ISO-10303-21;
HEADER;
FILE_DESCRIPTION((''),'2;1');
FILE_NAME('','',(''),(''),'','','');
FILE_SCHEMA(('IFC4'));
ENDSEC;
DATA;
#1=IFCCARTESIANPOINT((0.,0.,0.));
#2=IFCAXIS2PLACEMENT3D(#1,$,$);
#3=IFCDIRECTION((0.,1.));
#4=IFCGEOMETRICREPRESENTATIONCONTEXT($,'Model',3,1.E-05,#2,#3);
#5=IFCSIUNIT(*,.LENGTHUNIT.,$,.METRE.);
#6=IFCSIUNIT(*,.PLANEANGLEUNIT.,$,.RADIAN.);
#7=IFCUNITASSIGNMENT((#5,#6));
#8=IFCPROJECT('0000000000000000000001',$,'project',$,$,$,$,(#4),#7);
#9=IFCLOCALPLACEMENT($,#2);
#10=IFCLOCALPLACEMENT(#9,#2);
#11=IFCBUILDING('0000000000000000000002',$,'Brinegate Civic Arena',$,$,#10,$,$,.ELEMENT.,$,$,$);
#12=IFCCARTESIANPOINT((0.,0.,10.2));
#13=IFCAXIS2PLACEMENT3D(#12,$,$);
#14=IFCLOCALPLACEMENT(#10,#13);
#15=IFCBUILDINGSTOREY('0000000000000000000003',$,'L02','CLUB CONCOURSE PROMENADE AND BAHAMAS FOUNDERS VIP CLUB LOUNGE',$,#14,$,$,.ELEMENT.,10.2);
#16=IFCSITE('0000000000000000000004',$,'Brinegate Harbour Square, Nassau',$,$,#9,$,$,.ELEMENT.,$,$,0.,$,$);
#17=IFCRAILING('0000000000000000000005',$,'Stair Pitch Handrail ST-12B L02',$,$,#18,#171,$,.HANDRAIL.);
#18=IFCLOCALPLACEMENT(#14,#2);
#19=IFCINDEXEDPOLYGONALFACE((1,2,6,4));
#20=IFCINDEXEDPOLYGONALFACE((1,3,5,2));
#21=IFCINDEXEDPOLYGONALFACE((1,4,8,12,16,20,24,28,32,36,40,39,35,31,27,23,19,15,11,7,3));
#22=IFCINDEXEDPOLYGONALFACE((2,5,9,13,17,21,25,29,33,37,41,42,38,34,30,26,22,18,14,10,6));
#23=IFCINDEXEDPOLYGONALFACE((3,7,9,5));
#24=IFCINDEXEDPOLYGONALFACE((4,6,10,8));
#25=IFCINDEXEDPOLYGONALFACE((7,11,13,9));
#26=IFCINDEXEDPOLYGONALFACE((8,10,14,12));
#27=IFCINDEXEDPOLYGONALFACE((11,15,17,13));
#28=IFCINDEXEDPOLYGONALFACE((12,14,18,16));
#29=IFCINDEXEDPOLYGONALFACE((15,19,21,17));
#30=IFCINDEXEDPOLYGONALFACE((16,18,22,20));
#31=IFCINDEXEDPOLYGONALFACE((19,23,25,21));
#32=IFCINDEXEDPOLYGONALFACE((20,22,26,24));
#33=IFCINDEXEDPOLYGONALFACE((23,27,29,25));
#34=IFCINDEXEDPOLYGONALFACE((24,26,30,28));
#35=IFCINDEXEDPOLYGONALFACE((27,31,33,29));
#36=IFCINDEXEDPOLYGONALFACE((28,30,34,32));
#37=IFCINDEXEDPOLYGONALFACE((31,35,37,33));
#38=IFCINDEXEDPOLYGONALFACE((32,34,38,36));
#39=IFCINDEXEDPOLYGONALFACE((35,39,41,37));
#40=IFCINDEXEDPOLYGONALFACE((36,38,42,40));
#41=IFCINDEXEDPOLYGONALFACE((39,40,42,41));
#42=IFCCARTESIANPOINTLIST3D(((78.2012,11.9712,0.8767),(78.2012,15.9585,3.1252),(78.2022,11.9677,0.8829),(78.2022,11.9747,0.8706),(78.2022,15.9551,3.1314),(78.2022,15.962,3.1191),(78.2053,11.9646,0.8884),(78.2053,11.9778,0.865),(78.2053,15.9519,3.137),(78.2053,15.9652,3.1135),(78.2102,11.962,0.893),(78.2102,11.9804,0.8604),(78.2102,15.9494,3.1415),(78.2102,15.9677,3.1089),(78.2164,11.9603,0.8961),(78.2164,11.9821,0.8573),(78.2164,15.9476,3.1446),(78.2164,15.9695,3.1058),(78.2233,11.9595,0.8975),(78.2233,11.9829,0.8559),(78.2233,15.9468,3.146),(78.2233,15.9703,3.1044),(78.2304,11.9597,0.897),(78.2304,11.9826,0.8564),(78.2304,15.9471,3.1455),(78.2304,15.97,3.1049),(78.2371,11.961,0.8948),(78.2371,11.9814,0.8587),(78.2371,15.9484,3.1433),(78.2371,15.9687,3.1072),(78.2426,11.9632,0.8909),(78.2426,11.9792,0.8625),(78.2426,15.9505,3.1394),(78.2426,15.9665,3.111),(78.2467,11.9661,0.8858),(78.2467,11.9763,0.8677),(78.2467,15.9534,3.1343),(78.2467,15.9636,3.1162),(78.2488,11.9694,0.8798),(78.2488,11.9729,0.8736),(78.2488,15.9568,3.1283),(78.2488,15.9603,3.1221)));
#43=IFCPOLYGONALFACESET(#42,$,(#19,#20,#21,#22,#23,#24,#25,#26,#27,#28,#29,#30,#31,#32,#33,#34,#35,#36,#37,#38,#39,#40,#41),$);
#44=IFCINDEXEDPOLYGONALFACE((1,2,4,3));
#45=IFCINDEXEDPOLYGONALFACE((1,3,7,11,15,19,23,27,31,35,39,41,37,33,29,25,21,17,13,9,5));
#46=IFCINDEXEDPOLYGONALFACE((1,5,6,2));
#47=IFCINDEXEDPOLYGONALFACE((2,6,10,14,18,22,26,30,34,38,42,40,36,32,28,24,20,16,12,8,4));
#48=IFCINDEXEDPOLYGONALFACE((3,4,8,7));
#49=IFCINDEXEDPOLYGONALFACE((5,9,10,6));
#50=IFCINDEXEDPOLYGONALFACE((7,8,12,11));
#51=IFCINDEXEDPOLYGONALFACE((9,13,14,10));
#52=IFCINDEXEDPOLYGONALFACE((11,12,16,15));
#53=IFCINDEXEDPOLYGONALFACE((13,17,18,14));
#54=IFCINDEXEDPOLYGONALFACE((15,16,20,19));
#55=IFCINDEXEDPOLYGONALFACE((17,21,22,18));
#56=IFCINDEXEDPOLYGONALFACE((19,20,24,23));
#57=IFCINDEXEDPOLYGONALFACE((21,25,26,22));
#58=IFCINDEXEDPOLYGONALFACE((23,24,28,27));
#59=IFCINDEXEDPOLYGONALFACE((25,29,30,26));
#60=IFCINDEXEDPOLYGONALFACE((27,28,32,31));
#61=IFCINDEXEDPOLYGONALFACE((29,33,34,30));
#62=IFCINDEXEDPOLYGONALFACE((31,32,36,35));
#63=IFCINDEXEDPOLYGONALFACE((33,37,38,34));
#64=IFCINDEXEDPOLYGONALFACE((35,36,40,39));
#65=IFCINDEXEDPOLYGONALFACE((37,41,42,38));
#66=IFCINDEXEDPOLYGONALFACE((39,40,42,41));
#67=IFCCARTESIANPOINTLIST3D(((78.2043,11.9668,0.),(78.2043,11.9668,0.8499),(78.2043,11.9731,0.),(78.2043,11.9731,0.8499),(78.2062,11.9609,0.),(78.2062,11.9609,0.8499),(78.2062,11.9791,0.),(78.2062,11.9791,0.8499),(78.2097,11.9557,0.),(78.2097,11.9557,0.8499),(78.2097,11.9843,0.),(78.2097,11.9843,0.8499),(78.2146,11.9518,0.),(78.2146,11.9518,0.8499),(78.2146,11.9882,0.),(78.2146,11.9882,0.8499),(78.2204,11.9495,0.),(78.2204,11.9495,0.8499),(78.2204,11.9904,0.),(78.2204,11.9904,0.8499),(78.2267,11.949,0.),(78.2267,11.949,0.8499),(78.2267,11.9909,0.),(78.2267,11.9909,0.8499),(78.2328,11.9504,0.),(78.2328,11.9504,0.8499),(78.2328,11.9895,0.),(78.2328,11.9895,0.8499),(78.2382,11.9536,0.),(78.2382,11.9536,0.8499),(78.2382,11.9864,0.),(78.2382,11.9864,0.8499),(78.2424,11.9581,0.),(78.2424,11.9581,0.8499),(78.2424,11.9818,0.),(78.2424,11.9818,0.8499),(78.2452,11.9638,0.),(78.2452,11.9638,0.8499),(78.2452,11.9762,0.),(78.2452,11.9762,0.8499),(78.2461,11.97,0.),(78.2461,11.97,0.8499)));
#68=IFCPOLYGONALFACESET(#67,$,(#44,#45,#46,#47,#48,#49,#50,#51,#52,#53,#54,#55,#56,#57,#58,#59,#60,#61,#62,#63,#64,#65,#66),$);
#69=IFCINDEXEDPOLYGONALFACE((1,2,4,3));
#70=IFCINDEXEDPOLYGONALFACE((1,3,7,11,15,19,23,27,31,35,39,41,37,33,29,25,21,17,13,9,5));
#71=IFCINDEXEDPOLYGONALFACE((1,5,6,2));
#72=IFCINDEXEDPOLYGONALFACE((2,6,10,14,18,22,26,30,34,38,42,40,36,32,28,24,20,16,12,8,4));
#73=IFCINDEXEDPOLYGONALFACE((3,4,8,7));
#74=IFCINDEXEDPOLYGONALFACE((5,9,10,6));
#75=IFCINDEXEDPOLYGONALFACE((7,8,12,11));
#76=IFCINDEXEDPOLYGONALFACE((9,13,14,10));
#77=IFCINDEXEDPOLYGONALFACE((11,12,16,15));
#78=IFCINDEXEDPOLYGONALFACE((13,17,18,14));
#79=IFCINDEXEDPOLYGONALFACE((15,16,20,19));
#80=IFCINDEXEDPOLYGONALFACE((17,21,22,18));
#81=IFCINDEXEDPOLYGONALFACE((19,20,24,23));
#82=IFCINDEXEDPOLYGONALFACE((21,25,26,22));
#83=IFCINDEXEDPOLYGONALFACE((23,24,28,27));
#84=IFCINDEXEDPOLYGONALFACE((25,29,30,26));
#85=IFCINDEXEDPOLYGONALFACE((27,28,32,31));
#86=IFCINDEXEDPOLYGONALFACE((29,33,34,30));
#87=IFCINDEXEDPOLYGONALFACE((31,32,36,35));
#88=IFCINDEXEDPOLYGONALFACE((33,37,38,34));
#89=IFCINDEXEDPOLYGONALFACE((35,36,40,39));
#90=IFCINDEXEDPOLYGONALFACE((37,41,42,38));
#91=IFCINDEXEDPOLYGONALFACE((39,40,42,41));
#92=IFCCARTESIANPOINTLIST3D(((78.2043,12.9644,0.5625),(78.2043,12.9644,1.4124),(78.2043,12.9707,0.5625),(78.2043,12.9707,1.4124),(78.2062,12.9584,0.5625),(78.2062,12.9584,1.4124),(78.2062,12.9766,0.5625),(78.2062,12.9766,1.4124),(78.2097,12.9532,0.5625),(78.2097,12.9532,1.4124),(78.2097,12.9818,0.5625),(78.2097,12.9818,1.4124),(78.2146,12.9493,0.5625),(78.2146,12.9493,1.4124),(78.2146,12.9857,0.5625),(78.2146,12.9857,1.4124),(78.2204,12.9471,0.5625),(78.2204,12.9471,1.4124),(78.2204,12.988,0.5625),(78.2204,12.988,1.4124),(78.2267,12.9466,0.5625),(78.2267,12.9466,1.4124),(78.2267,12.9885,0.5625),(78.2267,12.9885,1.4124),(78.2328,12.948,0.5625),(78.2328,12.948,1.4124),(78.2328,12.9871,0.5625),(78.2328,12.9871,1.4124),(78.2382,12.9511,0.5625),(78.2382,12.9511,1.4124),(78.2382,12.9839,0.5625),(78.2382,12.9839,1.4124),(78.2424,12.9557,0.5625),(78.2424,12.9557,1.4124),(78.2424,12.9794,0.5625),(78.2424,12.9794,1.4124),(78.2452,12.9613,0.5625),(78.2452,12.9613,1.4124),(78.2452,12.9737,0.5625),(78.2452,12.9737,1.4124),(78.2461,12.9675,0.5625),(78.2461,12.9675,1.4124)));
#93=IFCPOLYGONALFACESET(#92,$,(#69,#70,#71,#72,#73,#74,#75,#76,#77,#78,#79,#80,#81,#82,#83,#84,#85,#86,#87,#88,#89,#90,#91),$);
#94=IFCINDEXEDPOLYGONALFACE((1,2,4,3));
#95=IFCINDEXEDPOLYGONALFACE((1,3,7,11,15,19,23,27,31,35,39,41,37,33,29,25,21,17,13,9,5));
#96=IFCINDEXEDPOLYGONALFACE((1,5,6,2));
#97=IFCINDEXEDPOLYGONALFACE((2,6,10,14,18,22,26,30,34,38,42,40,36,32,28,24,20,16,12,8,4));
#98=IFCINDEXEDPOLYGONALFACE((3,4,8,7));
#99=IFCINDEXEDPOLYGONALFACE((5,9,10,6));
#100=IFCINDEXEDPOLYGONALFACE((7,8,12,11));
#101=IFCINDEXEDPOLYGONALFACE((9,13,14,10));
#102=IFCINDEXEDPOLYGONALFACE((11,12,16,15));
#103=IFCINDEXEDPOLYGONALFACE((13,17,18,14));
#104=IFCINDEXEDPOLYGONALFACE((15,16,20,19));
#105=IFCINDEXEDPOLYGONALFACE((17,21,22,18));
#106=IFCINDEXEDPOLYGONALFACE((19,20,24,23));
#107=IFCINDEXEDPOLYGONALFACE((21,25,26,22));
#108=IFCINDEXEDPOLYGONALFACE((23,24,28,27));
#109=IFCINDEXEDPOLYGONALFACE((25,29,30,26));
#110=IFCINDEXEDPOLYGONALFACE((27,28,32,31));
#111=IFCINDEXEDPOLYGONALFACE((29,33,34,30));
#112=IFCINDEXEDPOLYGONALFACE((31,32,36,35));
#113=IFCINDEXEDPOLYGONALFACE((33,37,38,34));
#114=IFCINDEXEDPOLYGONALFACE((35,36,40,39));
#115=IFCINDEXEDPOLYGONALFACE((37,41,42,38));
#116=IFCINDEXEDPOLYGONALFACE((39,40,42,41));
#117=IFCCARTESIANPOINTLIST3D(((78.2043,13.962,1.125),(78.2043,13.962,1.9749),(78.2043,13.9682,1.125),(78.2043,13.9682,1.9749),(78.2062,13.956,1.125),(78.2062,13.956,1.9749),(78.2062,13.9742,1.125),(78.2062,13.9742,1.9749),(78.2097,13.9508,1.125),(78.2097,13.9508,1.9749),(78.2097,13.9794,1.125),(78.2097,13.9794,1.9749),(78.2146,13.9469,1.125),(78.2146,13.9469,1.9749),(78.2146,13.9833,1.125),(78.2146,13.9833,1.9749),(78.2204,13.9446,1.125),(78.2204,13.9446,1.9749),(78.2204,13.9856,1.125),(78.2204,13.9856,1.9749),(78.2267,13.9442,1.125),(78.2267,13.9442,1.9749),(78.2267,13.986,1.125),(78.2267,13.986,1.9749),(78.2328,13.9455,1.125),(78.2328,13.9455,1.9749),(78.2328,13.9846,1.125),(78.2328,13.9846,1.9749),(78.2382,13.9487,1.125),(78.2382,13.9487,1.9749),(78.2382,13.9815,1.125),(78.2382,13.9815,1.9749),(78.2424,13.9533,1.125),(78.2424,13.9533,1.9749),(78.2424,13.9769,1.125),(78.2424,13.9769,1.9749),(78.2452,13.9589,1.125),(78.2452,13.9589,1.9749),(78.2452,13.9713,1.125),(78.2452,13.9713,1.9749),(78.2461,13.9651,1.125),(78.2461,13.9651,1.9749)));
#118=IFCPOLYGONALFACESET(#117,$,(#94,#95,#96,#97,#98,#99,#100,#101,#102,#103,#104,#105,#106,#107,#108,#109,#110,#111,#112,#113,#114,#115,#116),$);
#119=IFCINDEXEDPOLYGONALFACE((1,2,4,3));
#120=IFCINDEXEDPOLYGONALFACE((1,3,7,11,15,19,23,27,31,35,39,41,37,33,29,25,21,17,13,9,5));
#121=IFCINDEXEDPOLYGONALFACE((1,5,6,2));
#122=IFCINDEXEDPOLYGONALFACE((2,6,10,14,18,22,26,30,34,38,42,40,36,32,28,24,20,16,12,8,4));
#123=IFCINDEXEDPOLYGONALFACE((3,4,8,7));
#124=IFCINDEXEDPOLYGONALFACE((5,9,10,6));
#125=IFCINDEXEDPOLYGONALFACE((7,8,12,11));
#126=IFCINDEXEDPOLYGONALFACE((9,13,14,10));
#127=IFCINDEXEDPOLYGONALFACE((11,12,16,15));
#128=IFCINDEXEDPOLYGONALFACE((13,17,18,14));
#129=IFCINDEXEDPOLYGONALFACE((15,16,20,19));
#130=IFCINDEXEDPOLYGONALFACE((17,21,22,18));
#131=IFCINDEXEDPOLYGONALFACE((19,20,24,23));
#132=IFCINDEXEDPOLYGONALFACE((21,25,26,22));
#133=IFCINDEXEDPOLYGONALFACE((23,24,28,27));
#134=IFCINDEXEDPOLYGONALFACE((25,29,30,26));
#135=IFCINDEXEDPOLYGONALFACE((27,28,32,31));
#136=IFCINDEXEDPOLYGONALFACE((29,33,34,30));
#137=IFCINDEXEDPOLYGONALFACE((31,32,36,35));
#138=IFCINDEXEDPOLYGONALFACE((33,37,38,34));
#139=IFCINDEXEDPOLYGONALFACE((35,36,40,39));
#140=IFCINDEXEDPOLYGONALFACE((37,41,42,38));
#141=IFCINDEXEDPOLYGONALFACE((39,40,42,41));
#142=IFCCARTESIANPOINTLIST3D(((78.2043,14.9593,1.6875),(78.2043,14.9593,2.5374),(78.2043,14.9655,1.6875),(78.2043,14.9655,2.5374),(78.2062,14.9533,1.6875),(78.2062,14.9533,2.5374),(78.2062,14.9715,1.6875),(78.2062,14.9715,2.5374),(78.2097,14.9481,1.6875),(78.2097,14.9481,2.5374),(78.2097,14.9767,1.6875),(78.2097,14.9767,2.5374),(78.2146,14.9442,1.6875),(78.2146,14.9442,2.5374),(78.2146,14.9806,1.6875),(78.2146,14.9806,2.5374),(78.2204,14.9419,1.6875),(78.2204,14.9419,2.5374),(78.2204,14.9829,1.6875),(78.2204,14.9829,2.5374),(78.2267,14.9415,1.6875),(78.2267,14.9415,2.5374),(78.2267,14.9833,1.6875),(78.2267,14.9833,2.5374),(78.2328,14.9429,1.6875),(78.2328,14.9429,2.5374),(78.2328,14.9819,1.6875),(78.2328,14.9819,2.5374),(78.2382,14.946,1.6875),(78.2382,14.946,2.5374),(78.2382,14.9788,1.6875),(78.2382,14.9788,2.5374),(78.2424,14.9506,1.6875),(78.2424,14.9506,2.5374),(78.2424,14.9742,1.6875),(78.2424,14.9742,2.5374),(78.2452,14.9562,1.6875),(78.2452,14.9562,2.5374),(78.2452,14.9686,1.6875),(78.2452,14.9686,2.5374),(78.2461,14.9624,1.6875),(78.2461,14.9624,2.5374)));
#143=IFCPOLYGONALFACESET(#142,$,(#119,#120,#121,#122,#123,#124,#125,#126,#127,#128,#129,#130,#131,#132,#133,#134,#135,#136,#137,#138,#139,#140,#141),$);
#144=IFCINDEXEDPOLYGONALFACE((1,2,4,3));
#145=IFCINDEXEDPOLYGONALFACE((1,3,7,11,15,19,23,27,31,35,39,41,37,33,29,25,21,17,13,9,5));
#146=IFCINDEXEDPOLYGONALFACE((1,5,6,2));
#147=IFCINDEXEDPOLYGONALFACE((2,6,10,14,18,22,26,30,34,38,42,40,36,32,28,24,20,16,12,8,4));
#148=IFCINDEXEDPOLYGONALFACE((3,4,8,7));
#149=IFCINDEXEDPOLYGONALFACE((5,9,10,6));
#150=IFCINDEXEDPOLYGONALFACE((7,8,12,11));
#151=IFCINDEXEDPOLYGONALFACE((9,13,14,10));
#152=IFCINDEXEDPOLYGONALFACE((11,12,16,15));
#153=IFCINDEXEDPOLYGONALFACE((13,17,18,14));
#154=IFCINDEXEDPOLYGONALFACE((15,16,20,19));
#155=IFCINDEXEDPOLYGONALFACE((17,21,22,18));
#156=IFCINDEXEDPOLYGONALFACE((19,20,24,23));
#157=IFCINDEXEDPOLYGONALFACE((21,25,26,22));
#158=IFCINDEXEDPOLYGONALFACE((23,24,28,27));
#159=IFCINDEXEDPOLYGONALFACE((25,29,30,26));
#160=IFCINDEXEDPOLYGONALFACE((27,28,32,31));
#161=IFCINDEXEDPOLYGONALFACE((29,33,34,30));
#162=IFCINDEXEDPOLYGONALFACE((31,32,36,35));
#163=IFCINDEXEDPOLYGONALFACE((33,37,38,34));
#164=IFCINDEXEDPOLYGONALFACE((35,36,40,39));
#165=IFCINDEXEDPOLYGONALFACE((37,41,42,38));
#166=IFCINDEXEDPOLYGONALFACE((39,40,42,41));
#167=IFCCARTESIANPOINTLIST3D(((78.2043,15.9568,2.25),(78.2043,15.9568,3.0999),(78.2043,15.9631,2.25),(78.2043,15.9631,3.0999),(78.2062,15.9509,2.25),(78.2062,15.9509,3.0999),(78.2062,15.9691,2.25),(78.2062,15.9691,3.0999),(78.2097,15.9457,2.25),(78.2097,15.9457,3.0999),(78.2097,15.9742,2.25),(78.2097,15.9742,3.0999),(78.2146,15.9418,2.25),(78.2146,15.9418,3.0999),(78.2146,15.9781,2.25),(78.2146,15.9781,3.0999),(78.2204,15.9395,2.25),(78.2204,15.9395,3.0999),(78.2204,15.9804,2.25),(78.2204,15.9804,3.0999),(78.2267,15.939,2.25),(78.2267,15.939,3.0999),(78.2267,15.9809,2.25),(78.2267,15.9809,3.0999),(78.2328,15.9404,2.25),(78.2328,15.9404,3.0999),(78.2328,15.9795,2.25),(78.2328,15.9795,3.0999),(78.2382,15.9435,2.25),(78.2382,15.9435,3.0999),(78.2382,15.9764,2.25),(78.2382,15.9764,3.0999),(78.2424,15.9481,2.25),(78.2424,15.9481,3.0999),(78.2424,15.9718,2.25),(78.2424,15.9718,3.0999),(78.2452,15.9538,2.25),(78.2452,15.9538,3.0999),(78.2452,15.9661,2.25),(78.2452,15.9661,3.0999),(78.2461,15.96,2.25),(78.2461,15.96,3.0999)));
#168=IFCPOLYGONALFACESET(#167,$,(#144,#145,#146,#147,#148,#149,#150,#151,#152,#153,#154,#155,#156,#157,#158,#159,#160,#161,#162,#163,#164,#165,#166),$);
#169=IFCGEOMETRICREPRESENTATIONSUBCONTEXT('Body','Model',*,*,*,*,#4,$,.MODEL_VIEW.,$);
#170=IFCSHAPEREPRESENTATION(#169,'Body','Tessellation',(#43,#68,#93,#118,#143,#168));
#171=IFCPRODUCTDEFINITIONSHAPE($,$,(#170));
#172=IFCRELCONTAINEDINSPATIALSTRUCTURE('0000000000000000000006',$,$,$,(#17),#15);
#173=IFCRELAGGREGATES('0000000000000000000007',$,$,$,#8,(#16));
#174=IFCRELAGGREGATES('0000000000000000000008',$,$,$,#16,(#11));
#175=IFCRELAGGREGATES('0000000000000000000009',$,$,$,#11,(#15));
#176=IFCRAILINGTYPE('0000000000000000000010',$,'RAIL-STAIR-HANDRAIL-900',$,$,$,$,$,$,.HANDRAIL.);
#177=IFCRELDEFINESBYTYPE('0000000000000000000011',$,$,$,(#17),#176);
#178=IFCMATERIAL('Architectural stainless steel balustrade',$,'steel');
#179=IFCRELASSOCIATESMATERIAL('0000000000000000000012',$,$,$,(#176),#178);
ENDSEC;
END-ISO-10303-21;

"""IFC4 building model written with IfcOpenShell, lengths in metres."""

from ifc_helpers import new_model, si_unit, direction, frame, origin, origin_2d, place, context, subcontext, project, spatial, circle, extrude, material, type_object, element, save


model = new_model("IFC4")

# Units and contexts
model_context = context("Model", 3, precision=1e-05, world=origin(), true_north=direction((0.0, 1.0)))
body_context = subcontext(model_context, "Body", "Model", "MODEL_VIEW")
ifc_project = project(units=[si_unit("LENGTHUNIT", "METRE"), si_unit("PLANEANGLEUNIT", "RADIAN")], contexts=[model_context])

# Site, building, storey
site_placement = place(None, origin())
site = spatial("IfcSite", under=ifc_project, at=site_placement, Name="Brinegate Harbour Square, Nassau", CompositionType="ELEMENT", RefElevation=0.0)
building_placement = place(site_placement, origin())
building = spatial("IfcBuilding", under=site, at=building_placement, Name="Brinegate Civic Arena", CompositionType="ELEMENT")
storey_placement = place(building_placement, frame((0.0, 0.0, 10.2)))
storey = spatial("IfcBuildingStorey", under=building, at=storey_placement, Name="L02", Description="CLUB CONCOURSE PROMENADE AND BAHAMAS FOUNDERS VIP CLUB LOUNGE", CompositionType="ELEMENT", Elevation=10.2)

# Railing
ifc_material_1 = material(Name="Architectural stainless steel balustrade", Category="steel")
railing_type = type_object("IfcRailingType", Name="RAIL-STAIR-HANDRAIL-900", PredefinedType="HANDRAIL", material=ifc_material_1)
railing_placement = place(storey_placement, frame((78.2251, 11.97, 0.0)))
element("IfcRailing", 1, at=railing_placement, inside=storey, type_object=railing_type, Name="Stair Pitch Handrail ST-12B L02", PredefinedType="HANDRAIL", context=body_context, shape_type="SweptSolid", body=[
    extrude(circle(Radius=0.0239, at=origin_2d()), frame((0.0, 0.0012, 0.8767), z_axis=(0.0, 0.87105, 0.491195), x_axis=(-1.0, 0.0, 0.0)), (0.0, 0.0, 1.0), 4.5776),
    extrude(circle(Radius=0.021, at=origin_2d()), origin(), (0.0, 0.0, 1.0), 0.8499),
    extrude(circle(Radius=0.021, at=origin_2d()), frame((0.0, 0.9976, 0.5625)), (0.0, 0.0, 1.0), 0.8499),
    extrude(circle(Radius=0.021, at=origin_2d()), frame((0.0, 1.9951, 1.125)), (0.0, 0.0, 1.0), 0.8499),
    extrude(circle(Radius=0.021, at=origin_2d()), frame((0.0, 2.9924, 1.6875)), (0.0, 0.0, 1.0), 0.8499),
    extrude(circle(Radius=0.021, at=origin_2d()), frame((0.0, 3.99, 2.25)), (0.0, 0.0, 1.0), 0.8499),
])

save(model, "model.ifc")
